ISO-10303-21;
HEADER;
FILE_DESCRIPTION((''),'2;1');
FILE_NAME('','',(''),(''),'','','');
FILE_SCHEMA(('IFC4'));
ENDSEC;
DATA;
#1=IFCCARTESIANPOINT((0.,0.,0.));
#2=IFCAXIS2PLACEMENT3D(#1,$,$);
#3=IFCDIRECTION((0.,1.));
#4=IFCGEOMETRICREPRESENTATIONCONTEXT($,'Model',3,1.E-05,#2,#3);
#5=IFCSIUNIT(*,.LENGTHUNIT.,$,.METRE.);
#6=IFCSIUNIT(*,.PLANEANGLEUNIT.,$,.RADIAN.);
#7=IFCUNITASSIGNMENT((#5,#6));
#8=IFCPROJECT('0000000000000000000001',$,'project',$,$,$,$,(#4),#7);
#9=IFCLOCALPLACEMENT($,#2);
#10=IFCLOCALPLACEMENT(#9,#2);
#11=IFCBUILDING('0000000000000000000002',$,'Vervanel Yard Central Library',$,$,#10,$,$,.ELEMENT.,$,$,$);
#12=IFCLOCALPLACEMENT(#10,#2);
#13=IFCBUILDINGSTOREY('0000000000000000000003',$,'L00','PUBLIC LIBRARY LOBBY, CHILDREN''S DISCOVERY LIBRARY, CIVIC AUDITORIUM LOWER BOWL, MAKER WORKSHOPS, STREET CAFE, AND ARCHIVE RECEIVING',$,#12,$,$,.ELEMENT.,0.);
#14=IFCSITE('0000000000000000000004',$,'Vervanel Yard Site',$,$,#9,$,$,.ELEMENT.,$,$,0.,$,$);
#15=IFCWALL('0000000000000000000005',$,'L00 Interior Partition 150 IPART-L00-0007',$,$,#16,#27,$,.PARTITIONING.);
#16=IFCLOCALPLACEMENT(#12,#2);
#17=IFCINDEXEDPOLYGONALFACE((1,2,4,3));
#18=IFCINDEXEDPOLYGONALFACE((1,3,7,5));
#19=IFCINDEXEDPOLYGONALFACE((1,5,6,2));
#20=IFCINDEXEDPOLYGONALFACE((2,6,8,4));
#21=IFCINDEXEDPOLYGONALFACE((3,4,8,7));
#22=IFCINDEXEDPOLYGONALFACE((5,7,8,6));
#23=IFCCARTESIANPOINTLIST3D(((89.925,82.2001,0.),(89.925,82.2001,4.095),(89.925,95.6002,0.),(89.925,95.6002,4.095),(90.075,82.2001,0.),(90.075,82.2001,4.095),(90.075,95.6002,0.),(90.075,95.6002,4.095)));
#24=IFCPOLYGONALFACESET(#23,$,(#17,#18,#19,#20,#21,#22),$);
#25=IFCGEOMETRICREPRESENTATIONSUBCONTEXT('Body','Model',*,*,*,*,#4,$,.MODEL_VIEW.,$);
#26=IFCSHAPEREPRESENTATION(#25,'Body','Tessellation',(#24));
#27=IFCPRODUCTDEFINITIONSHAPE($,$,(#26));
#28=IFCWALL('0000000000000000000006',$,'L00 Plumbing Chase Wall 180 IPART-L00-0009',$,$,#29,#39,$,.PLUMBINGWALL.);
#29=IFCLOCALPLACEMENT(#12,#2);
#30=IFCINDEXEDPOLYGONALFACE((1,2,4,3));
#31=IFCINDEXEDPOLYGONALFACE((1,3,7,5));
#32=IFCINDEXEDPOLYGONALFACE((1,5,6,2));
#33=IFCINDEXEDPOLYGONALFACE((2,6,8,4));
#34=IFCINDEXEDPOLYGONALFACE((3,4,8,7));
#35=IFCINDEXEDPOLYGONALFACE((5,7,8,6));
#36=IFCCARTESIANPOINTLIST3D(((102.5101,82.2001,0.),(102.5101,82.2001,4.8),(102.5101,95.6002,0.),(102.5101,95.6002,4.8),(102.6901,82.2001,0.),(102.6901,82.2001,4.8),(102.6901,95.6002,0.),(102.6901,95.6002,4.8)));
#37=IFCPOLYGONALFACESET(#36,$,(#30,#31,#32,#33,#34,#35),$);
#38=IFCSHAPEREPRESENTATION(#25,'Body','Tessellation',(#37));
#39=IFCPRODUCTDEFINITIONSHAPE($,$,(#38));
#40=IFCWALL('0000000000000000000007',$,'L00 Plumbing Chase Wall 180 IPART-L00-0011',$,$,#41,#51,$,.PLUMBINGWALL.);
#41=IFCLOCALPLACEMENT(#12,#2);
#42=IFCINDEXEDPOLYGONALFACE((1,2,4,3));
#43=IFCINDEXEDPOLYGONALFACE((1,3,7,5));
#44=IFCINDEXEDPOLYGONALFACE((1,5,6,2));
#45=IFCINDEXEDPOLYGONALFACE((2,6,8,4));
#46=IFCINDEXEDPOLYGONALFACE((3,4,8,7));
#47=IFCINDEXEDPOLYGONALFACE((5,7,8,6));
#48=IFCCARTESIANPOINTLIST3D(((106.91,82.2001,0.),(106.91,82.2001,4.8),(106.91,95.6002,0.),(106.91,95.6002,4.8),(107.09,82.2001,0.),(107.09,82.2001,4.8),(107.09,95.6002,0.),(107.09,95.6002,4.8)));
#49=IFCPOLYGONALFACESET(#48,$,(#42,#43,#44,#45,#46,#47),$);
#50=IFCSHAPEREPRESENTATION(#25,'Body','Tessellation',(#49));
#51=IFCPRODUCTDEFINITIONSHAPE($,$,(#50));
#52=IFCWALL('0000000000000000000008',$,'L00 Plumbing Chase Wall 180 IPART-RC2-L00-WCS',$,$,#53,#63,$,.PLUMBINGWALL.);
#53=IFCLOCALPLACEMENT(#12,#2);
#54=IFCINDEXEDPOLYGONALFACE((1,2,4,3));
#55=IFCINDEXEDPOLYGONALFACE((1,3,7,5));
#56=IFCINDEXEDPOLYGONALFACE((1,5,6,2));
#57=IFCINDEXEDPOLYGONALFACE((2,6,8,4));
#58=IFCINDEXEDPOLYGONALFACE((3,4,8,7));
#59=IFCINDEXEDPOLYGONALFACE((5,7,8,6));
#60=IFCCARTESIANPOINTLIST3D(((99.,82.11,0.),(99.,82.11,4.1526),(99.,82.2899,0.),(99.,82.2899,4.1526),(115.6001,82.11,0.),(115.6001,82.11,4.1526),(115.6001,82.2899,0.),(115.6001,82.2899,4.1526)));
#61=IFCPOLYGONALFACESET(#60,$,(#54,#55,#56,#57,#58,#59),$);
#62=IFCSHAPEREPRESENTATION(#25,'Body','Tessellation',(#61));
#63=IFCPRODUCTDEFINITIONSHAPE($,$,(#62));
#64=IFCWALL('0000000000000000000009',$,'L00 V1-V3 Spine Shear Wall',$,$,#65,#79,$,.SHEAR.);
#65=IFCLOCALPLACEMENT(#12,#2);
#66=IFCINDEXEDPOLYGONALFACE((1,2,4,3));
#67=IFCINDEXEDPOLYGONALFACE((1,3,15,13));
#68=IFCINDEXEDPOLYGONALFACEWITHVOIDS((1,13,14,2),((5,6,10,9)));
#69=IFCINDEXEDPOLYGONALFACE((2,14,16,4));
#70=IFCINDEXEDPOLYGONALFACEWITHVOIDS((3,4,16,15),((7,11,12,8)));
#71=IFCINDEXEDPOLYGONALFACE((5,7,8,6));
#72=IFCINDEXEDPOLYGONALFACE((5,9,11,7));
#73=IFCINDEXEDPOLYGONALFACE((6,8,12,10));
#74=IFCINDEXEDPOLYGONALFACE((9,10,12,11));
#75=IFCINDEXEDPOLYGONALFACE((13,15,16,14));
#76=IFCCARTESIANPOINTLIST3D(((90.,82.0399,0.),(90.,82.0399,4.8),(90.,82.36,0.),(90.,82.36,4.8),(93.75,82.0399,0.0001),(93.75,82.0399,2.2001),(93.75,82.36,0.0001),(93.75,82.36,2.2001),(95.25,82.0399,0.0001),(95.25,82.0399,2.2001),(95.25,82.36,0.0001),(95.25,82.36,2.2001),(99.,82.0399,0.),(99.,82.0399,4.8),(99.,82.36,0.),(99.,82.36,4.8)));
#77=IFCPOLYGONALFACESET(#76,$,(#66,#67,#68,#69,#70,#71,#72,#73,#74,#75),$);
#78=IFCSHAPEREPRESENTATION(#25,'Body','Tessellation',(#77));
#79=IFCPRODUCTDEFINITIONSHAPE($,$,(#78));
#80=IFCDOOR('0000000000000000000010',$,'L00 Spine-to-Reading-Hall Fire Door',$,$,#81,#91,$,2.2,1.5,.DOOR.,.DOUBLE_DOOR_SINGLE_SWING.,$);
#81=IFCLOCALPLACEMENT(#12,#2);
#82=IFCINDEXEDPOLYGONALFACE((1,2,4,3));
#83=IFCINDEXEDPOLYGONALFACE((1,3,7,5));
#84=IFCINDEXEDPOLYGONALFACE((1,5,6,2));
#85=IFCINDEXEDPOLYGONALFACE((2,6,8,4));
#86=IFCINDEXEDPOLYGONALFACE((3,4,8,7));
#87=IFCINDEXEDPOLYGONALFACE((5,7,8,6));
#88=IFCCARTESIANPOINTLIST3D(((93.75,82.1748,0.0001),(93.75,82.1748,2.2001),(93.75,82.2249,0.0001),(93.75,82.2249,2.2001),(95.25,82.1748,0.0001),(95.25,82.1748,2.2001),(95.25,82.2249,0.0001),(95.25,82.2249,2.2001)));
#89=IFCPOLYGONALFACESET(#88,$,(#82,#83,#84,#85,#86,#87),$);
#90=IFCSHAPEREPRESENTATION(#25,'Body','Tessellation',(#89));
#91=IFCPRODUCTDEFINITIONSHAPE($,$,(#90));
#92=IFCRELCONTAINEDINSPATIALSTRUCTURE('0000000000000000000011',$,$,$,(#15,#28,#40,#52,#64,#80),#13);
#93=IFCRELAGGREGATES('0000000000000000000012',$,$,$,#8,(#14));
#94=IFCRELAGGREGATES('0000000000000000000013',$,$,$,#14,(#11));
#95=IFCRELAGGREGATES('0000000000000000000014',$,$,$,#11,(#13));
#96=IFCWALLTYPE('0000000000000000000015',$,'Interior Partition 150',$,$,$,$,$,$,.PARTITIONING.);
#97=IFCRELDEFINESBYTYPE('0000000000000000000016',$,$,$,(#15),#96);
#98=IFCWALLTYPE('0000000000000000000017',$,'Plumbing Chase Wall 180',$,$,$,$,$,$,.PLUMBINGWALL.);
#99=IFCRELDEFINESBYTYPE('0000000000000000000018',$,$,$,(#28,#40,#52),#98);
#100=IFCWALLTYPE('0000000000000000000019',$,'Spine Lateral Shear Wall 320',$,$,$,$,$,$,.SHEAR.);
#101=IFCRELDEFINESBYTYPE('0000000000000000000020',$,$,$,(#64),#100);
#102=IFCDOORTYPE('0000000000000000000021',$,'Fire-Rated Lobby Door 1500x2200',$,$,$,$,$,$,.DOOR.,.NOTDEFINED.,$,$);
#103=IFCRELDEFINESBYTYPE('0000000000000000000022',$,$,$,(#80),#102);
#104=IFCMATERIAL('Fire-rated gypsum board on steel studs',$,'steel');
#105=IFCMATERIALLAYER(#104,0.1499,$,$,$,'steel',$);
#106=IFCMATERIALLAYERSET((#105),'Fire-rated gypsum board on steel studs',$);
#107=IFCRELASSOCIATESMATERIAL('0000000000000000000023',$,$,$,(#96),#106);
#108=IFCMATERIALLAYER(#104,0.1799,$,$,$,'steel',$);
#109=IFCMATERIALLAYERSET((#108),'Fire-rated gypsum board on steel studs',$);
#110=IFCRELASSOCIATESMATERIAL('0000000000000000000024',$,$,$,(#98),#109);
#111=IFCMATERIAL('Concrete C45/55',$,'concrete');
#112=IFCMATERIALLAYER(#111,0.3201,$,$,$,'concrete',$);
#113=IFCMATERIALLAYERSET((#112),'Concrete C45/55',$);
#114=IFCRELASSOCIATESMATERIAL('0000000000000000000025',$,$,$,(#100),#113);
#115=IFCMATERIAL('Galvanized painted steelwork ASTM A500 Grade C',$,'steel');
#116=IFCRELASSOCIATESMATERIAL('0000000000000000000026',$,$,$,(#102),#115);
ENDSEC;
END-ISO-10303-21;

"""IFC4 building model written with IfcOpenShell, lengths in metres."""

from ifc_helpers import new_model, si_unit, direction, frame, frame_2d, origin, place, context, subcontext, project, spatial, rectangle, extrude, material, layer, layer_set, type_object, element, fill, save


model = new_model("IFC4")

# Units and contexts
model_context = context("Model", 3, precision=1e-05, world=origin(), true_north=direction((0.0, 1.0)))
body_context = subcontext(model_context, "Body", "Model", "MODEL_VIEW")
ifc_project = project(units=[si_unit("LENGTHUNIT", "METRE"), si_unit("PLANEANGLEUNIT", "RADIAN")], contexts=[model_context])

# Site, building, storey
site_placement = place(None, origin())
site = spatial("IfcSite", under=ifc_project, at=site_placement, Name="Vervanel Yard Site", CompositionType="ELEMENT", RefElevation=0.0)
building_placement = place(site_placement, origin())
building = spatial("IfcBuilding", under=site, at=building_placement, Name="Vervanel Yard Central Library", CompositionType="ELEMENT")
storey_placement = place(building_placement, origin())
storey = spatial("IfcBuildingStorey", under=building, at=storey_placement, Name="L00", Description="PUBLIC LIBRARY LOBBY, CHILDREN'S DISCOVERY LIBRARY, CIVIC AUDITORIUM LOWER BOWL, MAKER WORKSHOPS, STREET CAFE, AND ARCHIVE RECEIVING", CompositionType="ELEMENT", Elevation=0.0)

# Shared definitions
ifc_material_1 = material(Name="Concrete C45/55", Category="concrete")

# Walls
ifc_material_2 = material(Name="Fire-rated gypsum board on steel studs", Category="steel")
ifc_layer_1 = layer(ifc_material_2, 0.1499, Category="steel")
ifc_layer_set_1 = layer_set([ifc_layer_1], Name="Fire-rated gypsum board on steel studs")
wall_type_1 = type_object("IfcWallType", Name="Interior Partition 150", PredefinedType="PARTITIONING", material=ifc_layer_set_1)
wall_1_placement = place(storey_placement, frame((90.0, 82.2, 0.0), z_axis=(0.0, 0.0, 1.0), x_axis=(0.0, 1.0, 0.0)))
element("IfcWall", 1, at=wall_1_placement, inside=storey, type_object=wall_type_1, Name="L00 Interior Partition 150 IPART-L00-0007", PredefinedType="PARTITIONING", context=body_context, shape_type="SweptSolid", body=[
    extrude(rectangle(XDim=13.4001, YDim=0.1499, at=frame_2d((6.7002, 0.0))), origin(), (0.0, 0.0, 1.0), 4.095),
])
ifc_layer_2 = layer(ifc_material_2, 0.1799, Category="steel")
ifc_layer_set_2 = layer_set([ifc_layer_2], Name="Fire-rated gypsum board on steel studs")
wall_type_2 = type_object("IfcWallType", Name="Plumbing Chase Wall 180", PredefinedType="PLUMBINGWALL", material=ifc_layer_set_2)
for number, where, z_axis, x_axis, name in (
    (2, (102.6001, 82.2, 0.0), (0.0, 0.0, 1.0), (0.0, 1.0, 0.0), "L00 Plumbing Chase Wall 180 IPART-L00-0009"),
    (3, (107.0, 82.2, 0.0), (0.0, 0.0, 1.0), (0.0, 1.0, 0.0), "L00 Plumbing Chase Wall 180 IPART-L00-0011"),
):
    element("IfcWall", number, at=place(storey_placement, frame(where, z_axis=z_axis, x_axis=x_axis)), inside=storey, type_object=wall_type_2, Name=name, PredefinedType="PLUMBINGWALL", context=body_context, shape_type="SweptSolid", body=[
        extrude(rectangle(XDim=13.4001, YDim=0.1799, at=frame_2d((6.7002, 0.0))), origin(), (0.0, 0.0, 1.0), 4.8),
    ])
wall_2_placement = place(storey_placement, frame((99.0, 82.2, 0.0), z_axis=(0.0, 0.0, 1.0), x_axis=(1.0, 0.0, 0.0)))
element("IfcWall", 4, at=wall_2_placement, inside=storey, type_object=wall_type_2, Name="L00 Plumbing Chase Wall 180 IPART-RC2-L00-WCS", PredefinedType="PLUMBINGWALL", context=body_context, shape_type="SweptSolid", body=[
    extrude(rectangle(XDim=16.6001, YDim=0.1799, at=frame_2d((8.3, 0.0))), origin(), (0.0, 0.0, 1.0), 4.1526),
])

# Wall, opening, door
ifc_layer_3 = layer(ifc_material_1, 0.3201, Category="concrete")
ifc_layer_set_3 = layer_set([ifc_layer_3], Name="Concrete C45/55")
wall_type_3 = type_object("IfcWallType", Name="Spine Lateral Shear Wall 320", PredefinedType="SHEAR", material=ifc_layer_set_3)
wall_3_placement = place(storey_placement, frame((90.0, 82.2, 0.0), z_axis=(0.0, 0.0, 1.0), x_axis=(1.0, 0.0, 0.0)))
wall_3 = element("IfcWall", 5, at=wall_3_placement, inside=storey, type_object=wall_type_3, Name="L00 V1-V3 Spine Shear Wall", PredefinedType="SHEAR", context=body_context, shape_type="SweptSolid", body=[
    extrude(rectangle(XDim=9.0, YDim=0.3201, at=frame_2d((4.5, 0.0))), origin(), (0.0, 0.0, 1.0), 4.8),
])
opening_placement = place(wall_3_placement, frame((3.75, 0.0, 0.0)))
opening = element("IfcOpeningElement", 6, at=opening_placement, cuts=wall_3, PredefinedType="OPENING", context=body_context, shape_type="SweptSolid", body=[
    extrude(rectangle(XDim=1.5, YDim=2.2, at=frame_2d((0.75, 1.1001))), frame((0.0, 0.1699, 0.0), z_axis=(0.0, -1.0, 0.0), x_axis=(1.0, 0.0, 0.0)), (0.0, 0.0, 1.0), 0.3401),
])
ifc_material_3 = material(Name="Galvanized painted steelwork ASTM A500 Grade C", Category="steel")
door_type = type_object("IfcDoorType", Name="Fire-Rated Lobby Door 1500x2200", OperationType="NOTDEFINED", PredefinedType="DOOR", material=ifc_material_3)
door_placement = place(opening_placement, origin())
door = element("IfcDoor", 7, at=door_placement, inside=storey, type_object=door_type, Name="L00 Spine-to-Reading-Hall Fire Door", OperationType="DOUBLE_DOOR_SINGLE_SWING", OverallHeight=2.2, OverallWidth=1.5, PredefinedType="DOOR", context=body_context, shape_type="SweptSolid", body=[
    extrude(rectangle(XDim=1.5, YDim=2.2, at=frame_2d((0.75, 1.1001))), frame((0.0, 0.0249, 0.0), z_axis=(0.0, -1.0, 0.0), x_axis=(1.0, 0.0, 0.0)), (0.0, 0.0, 1.0), 0.05),
])
fill(opening, door)

save(model, "model.ifc")
